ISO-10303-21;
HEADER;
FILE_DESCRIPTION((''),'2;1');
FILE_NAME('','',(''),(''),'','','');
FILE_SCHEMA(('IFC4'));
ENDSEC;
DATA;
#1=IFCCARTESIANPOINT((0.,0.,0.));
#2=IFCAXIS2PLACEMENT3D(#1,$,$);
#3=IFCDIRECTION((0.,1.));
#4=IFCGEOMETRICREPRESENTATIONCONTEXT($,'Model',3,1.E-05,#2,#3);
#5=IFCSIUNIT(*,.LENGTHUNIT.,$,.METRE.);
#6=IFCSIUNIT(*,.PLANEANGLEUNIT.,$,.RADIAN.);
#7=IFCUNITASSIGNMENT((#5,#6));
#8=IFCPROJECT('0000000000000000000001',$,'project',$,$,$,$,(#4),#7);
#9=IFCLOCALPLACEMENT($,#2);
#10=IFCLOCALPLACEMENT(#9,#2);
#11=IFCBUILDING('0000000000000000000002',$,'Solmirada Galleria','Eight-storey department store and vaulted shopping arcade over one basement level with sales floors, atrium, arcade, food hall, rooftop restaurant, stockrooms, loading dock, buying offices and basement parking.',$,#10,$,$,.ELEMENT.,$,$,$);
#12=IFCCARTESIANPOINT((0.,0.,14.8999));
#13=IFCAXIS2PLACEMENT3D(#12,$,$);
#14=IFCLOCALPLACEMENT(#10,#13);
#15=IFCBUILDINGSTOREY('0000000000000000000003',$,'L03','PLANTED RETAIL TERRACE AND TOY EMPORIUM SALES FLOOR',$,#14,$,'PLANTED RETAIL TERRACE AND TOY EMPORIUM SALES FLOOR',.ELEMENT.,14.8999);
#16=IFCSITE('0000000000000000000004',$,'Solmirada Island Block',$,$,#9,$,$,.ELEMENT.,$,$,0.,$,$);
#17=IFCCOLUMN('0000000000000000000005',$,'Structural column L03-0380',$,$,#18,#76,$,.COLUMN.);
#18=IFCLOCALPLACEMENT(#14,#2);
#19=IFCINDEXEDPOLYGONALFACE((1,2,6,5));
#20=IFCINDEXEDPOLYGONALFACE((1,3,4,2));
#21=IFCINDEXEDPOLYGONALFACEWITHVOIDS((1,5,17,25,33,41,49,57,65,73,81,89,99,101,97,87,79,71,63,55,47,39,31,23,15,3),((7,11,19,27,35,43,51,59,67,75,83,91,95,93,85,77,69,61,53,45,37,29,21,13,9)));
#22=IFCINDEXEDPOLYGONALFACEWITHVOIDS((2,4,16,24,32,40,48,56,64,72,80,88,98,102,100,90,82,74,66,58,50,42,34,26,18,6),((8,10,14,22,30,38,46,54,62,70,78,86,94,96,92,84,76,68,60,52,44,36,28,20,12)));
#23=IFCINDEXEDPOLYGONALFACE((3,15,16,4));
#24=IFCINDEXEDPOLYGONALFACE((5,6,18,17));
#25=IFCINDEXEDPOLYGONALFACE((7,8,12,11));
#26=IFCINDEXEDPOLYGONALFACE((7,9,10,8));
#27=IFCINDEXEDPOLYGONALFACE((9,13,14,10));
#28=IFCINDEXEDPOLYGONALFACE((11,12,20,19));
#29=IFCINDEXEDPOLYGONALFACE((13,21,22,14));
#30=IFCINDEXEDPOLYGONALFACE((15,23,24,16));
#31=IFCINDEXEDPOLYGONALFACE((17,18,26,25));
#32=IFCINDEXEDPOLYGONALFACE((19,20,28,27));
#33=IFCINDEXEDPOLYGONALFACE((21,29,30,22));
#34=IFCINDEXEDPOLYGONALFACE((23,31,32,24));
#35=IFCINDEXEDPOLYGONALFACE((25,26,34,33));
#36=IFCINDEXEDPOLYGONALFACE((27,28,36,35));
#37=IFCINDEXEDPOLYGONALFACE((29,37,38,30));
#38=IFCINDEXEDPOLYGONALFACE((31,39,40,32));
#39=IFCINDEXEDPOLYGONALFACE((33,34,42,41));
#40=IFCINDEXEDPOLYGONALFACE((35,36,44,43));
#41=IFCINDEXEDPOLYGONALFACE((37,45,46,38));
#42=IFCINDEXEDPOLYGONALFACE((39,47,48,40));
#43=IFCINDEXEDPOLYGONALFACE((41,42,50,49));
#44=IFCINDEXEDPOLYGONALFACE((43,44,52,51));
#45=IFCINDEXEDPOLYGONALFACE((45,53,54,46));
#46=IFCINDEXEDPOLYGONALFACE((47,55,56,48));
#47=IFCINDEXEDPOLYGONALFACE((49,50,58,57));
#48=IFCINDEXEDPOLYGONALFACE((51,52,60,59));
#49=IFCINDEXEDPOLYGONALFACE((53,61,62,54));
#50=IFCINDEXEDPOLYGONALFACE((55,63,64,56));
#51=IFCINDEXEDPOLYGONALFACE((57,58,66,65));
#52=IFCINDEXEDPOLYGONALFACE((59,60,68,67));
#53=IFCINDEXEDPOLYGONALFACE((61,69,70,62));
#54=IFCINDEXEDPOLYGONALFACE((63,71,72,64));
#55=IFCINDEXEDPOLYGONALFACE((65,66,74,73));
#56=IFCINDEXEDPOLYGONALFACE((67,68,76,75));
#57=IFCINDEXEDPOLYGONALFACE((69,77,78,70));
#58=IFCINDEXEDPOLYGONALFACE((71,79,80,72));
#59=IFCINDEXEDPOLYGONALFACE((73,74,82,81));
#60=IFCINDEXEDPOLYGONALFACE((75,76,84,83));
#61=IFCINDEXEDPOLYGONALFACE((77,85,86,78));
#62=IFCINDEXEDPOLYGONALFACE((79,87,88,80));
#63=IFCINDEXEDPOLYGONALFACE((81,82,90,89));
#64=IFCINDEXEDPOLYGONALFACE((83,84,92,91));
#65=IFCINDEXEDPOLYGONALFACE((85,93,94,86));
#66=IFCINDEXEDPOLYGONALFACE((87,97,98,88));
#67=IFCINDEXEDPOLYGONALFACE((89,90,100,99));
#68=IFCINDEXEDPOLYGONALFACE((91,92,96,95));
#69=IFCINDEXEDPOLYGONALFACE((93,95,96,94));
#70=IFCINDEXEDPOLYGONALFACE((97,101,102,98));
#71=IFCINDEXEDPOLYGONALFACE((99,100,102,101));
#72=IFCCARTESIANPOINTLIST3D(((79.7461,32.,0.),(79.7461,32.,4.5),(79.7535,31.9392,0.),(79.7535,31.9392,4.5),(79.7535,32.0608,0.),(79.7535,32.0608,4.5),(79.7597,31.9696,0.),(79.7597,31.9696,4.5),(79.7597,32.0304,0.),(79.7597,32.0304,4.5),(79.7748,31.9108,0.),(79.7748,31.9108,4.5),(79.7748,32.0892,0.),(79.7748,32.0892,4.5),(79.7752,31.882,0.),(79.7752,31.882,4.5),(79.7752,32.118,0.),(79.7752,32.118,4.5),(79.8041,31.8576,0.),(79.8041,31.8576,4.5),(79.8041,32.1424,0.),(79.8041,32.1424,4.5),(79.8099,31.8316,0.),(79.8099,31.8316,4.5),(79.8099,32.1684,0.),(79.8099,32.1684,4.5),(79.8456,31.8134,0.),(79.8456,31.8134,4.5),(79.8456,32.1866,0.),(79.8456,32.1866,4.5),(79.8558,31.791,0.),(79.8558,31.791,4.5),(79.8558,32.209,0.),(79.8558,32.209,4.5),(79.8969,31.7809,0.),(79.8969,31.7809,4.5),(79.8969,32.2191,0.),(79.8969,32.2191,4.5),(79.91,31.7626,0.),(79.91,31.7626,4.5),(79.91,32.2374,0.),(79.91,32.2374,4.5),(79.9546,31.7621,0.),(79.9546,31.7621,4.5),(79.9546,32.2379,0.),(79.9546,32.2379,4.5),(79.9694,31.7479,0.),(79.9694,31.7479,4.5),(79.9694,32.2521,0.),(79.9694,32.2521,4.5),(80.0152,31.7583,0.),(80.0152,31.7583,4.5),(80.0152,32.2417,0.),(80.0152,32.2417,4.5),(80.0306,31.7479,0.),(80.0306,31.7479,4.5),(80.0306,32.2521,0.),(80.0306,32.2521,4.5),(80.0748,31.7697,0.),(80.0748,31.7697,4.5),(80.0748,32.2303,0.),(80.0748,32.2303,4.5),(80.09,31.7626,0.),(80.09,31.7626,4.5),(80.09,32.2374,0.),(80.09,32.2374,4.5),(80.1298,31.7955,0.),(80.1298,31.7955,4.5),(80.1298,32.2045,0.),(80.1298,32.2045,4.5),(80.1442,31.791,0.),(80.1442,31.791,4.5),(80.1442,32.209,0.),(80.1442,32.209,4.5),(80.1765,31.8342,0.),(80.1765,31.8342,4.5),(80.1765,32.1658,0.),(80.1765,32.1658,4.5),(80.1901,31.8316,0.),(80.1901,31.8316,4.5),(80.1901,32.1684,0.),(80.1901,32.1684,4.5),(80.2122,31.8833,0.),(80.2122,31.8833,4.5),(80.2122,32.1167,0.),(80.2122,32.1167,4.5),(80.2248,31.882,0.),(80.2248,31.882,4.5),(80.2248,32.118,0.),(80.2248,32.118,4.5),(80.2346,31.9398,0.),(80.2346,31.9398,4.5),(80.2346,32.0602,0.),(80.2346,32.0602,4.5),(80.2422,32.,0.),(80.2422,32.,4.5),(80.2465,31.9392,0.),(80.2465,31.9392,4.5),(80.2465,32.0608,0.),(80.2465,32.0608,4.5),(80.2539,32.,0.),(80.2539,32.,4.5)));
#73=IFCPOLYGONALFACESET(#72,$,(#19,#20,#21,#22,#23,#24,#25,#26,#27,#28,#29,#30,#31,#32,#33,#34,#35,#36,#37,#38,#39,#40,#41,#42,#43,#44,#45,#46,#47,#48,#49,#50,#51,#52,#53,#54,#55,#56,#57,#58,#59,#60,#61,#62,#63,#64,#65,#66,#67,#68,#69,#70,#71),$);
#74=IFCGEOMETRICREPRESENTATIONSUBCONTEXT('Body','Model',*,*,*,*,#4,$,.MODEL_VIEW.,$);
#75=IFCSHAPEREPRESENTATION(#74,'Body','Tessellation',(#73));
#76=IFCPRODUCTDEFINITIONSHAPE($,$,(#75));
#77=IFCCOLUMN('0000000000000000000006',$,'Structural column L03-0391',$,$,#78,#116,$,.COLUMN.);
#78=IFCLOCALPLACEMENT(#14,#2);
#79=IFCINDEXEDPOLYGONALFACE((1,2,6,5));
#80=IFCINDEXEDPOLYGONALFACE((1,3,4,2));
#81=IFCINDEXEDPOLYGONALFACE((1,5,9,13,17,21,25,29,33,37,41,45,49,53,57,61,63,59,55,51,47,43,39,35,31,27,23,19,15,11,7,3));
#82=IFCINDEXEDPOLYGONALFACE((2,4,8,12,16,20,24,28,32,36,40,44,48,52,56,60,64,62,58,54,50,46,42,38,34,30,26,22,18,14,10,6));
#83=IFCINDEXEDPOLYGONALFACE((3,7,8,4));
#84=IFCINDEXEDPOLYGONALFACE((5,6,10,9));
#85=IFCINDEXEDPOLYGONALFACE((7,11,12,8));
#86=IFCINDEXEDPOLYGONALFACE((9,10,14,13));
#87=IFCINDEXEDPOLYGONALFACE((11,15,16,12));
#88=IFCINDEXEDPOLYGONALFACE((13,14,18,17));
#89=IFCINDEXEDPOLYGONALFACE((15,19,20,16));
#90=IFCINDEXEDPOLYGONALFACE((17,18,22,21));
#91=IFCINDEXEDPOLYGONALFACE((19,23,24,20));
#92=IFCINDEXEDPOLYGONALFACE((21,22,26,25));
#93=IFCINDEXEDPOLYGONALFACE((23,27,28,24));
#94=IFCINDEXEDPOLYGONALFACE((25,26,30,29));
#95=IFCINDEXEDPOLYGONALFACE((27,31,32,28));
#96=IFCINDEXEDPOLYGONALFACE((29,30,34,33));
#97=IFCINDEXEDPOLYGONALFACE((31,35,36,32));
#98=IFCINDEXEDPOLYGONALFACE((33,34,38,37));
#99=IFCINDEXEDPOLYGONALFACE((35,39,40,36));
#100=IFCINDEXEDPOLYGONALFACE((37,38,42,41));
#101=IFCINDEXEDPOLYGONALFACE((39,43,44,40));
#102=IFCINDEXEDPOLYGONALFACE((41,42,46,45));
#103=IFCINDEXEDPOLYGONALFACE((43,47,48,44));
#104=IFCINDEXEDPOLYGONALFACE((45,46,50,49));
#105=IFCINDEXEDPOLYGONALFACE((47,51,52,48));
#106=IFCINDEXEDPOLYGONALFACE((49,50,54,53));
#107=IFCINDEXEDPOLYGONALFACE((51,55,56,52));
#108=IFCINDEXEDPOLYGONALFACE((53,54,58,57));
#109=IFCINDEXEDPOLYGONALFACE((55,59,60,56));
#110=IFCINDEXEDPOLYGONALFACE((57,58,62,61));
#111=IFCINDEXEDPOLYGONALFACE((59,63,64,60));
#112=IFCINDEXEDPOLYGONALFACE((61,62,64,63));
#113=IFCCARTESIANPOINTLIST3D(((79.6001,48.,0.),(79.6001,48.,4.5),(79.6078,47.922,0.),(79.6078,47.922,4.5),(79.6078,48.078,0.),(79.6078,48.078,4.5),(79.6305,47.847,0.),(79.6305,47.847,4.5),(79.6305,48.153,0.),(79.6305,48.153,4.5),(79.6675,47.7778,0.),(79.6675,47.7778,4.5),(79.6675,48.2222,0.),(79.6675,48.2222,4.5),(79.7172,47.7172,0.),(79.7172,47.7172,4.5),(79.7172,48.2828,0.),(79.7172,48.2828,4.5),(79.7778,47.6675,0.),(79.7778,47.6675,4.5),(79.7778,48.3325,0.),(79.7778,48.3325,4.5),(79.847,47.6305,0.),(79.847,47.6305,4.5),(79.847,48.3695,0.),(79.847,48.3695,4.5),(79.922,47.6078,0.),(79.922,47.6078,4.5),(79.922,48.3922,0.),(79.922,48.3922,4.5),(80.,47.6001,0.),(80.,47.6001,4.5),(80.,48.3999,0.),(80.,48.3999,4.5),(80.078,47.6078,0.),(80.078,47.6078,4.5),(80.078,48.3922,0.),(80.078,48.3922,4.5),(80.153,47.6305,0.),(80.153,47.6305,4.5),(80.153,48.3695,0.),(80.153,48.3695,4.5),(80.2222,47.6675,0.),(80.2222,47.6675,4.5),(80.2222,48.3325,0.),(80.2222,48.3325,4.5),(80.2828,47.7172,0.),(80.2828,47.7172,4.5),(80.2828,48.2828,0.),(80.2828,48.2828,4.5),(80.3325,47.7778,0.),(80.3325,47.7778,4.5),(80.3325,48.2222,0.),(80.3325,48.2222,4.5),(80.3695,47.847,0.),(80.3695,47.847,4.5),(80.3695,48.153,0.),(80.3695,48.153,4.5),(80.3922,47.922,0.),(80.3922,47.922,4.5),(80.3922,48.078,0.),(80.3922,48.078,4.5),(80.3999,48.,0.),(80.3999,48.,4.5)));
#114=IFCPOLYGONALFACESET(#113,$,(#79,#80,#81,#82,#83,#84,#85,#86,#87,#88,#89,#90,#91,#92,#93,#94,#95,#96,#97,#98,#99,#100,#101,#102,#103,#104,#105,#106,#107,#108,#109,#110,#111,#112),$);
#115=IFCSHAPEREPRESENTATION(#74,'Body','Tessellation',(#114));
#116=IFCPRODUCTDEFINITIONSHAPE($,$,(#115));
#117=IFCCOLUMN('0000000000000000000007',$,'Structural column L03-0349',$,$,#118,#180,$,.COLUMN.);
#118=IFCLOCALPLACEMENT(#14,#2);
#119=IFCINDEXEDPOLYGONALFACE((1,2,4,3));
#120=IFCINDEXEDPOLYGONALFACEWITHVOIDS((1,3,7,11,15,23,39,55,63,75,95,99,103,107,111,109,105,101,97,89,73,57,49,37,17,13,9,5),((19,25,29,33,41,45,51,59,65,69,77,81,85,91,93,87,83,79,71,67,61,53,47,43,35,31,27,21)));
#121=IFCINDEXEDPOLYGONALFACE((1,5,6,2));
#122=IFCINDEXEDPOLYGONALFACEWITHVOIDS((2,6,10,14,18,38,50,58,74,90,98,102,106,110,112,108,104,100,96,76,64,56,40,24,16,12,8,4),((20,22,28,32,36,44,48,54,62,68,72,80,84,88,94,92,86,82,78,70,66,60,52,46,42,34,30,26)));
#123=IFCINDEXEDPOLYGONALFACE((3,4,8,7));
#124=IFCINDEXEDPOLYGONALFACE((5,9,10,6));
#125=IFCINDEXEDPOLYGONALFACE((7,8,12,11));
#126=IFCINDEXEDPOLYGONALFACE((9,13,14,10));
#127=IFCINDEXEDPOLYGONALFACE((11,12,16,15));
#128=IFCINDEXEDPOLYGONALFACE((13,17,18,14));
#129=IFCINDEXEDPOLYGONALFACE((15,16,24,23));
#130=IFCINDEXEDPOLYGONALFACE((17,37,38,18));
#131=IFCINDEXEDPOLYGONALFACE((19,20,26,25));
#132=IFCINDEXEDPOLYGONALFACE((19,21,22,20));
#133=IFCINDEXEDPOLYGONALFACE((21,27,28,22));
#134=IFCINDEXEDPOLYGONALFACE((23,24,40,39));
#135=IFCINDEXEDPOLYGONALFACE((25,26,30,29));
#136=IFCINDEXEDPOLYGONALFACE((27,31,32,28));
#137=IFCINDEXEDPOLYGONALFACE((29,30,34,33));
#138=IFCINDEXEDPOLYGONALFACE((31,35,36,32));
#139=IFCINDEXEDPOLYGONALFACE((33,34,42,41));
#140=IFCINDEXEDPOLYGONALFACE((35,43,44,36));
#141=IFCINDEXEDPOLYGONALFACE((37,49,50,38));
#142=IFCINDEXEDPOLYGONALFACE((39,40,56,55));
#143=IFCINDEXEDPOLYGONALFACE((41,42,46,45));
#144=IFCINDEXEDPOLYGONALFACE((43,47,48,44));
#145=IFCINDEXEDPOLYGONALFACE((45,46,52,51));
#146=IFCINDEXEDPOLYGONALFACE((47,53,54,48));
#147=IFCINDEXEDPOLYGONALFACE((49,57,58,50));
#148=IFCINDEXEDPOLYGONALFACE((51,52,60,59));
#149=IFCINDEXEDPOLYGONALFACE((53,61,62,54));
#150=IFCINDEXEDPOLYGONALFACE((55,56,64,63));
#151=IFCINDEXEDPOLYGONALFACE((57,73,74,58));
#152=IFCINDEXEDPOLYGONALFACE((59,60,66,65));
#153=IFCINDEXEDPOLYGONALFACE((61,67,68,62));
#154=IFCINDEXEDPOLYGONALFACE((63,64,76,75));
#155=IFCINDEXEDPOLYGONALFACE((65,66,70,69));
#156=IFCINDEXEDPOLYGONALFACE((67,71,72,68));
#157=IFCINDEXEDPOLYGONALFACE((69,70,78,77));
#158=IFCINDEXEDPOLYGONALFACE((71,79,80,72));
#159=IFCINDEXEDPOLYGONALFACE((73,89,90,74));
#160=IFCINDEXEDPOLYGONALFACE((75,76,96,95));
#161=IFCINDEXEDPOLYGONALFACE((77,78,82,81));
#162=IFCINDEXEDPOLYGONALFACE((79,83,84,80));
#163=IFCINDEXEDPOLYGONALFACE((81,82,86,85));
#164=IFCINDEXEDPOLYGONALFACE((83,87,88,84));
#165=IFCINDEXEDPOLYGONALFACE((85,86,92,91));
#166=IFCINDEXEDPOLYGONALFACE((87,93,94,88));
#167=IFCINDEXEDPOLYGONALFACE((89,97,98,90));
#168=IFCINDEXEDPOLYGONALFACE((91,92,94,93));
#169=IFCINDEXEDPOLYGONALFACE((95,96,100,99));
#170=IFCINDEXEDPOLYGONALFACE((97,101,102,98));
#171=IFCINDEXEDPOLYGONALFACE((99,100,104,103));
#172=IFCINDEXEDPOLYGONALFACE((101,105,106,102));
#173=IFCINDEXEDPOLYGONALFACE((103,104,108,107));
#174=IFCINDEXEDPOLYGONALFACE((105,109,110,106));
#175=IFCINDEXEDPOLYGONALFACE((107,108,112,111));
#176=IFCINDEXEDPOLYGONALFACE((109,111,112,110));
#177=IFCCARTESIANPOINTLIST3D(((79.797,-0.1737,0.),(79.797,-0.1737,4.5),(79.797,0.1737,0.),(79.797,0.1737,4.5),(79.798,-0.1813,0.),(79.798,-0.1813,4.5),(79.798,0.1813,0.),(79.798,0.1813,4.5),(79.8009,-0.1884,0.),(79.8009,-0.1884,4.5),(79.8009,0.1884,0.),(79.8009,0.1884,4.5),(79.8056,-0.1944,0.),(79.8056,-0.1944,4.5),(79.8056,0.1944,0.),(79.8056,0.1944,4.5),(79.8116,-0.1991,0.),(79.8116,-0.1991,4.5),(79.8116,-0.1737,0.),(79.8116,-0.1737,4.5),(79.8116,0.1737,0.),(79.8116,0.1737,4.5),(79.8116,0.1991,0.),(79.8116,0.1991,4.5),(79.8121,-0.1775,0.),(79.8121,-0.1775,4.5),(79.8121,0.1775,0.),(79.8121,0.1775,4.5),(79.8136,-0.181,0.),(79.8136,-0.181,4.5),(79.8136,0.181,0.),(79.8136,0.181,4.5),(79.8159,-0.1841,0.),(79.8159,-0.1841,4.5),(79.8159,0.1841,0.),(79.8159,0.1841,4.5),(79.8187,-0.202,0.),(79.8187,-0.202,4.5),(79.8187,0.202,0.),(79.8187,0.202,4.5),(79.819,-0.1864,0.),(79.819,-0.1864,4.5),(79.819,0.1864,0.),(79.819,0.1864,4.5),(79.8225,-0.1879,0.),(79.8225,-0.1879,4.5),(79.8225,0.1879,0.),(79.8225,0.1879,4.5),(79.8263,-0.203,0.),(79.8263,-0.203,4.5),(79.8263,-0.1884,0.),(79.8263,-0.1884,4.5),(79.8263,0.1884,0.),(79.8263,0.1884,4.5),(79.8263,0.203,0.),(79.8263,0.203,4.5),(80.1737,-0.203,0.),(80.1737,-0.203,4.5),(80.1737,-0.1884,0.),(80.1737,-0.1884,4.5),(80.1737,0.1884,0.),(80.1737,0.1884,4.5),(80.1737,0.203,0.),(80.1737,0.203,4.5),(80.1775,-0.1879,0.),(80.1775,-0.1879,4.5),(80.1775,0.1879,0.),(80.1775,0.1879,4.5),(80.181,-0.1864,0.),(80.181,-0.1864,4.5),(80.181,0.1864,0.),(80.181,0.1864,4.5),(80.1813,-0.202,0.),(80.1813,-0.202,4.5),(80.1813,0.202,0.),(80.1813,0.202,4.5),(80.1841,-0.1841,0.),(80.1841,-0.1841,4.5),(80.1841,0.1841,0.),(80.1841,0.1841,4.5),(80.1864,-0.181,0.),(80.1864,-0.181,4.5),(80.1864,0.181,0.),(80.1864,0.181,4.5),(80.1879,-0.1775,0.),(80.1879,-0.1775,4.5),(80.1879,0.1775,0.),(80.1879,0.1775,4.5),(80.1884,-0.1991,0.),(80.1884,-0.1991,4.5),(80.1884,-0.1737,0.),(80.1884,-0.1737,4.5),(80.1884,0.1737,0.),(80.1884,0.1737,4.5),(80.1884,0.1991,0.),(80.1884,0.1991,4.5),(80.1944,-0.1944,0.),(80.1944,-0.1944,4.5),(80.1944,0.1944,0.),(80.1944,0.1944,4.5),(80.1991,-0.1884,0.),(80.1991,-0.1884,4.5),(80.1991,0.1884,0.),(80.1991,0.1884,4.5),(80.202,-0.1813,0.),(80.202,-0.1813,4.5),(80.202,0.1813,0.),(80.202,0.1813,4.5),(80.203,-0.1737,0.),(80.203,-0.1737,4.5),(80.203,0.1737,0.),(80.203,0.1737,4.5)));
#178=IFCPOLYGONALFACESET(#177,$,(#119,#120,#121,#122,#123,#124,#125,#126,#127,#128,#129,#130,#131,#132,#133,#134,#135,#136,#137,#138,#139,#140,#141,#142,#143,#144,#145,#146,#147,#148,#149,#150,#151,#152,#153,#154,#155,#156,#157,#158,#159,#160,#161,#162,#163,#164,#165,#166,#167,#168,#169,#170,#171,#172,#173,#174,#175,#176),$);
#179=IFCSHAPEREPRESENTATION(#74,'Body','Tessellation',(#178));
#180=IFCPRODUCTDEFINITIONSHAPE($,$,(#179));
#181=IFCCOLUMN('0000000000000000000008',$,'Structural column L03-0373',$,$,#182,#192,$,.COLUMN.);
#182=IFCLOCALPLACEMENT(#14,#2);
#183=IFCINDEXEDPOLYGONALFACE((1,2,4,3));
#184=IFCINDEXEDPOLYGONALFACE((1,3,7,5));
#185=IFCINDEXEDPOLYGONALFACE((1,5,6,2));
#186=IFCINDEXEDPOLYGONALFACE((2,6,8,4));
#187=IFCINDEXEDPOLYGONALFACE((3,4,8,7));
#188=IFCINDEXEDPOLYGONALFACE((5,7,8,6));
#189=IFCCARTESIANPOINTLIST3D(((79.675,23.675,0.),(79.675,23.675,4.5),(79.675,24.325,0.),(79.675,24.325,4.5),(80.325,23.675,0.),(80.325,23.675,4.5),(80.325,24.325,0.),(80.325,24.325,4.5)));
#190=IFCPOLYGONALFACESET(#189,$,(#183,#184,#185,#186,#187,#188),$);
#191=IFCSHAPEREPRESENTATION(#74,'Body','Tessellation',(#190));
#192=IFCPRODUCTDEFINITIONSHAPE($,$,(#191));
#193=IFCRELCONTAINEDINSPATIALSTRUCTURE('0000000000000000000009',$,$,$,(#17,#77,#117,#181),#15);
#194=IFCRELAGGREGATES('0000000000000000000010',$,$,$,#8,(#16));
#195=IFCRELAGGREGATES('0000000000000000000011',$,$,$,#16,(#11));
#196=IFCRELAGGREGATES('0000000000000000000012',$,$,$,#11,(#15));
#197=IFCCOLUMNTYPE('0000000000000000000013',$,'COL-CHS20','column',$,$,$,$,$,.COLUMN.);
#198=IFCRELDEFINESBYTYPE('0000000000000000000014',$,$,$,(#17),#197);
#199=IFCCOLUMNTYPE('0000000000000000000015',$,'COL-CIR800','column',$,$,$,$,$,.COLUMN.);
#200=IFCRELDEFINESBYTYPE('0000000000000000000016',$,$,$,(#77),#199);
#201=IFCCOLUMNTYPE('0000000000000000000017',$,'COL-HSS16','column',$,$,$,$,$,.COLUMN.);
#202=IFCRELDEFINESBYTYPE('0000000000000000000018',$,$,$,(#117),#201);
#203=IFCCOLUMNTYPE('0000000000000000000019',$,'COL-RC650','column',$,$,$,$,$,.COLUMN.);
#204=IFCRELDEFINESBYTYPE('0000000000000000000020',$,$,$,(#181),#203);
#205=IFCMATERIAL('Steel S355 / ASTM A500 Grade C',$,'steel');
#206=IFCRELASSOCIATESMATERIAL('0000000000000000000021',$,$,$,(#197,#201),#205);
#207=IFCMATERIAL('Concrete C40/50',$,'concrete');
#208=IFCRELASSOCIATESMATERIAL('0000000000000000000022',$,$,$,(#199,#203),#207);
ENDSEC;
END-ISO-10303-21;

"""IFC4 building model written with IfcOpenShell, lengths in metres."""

from ifc_helpers import new_model, si_unit, direction, frame, origin, origin_2d, place, context, subcontext, project, spatial, rectangle, hollow_rectangle, circle, hollow_circle, extrude, material, material_profile, profile_set, type_object, element, save


model = new_model("IFC4")

# Units and contexts
model_context = context("Model", 3, precision=1e-05, world=origin(), true_north=direction((0.0, 1.0)))
body_context = subcontext(model_context, "Body", "Model", "MODEL_VIEW")
ifc_project = project(units=[si_unit("LENGTHUNIT", "METRE"), si_unit("PLANEANGLEUNIT", "RADIAN")], contexts=[model_context])

# Site, building, storey
site_placement = place(None, origin())
site = spatial("IfcSite", under=ifc_project, at=site_placement, Name="Solmirada Island Block", CompositionType="ELEMENT", RefElevation=0.0)
building_placement = place(site_placement, origin())
building = spatial("IfcBuilding", under=site, at=building_placement, Name="Solmirada Galleria", Description="Eight-storey department store and vaulted shopping arcade over one basement level with sales floors, atrium, arcade, food hall, rooftop restaurant, stockrooms, loading dock, buying offices and basement parking.", CompositionType="ELEMENT")
storey_placement = place(building_placement, frame((0.0, 0.0, 14.8999)))
storey = spatial("IfcBuildingStorey", under=building, at=storey_placement, Name="L03", Description="PLANTED RETAIL TERRACE AND TOY EMPORIUM SALES FLOOR", LongName="PLANTED RETAIL TERRACE AND TOY EMPORIUM SALES FLOOR", CompositionType="ELEMENT", Elevation=14.8999)

# Columns
ifc_material_1 = material(Name="Steel S355 / ASTM A500 Grade C", Category="steel")
ifc_material_profile_1 = material_profile(ifc_material_1, hollow_circle(Radius=0.2539, WallThickness=0.0117, at=origin_2d()), Name="HSS20.000X0.500")
ifc_profile_set_1 = profile_set([ifc_material_profile_1], Name="Steel S355 / ASTM A500 Grade C")
column_type_1 = type_object("IfcColumnType", Name="COL-CHS20", Description="column", PredefinedType="COLUMN", material=ifc_profile_set_1)
column_1_placement = place(storey_placement, frame((80.0, 32.0, 0.0), z_axis=(0.0, 0.0, 1.0), x_axis=(1.0, 0.0, 0.0)))
element("IfcColumn", 1, at=column_1_placement, inside=storey, type_object=column_type_1, Name="Structural column L03-0380", PredefinedType="COLUMN", context=body_context, shape_type="SweptSolid", body=[
    extrude(hollow_circle(Radius=0.2539, WallThickness=0.0117, at=origin_2d()), origin(), (0.0, 0.0, 1.0), 4.5),
])
ifc_material_2 = material(Name="Concrete C40/50", Category="concrete")
ifc_material_profile_2 = material_profile(ifc_material_2, circle(Radius=0.3999, at=origin_2d()), Name="RCCOL800")
ifc_profile_set_2 = profile_set([ifc_material_profile_2], Name="Concrete C40/50")
column_type_2 = type_object("IfcColumnType", Name="COL-CIR800", Description="column", PredefinedType="COLUMN", material=ifc_profile_set_2)
column_2_placement = place(storey_placement, frame((80.0, 48.0, 0.0), z_axis=(0.0, 0.0, 1.0), x_axis=(1.0, 0.0, 0.0)))
element("IfcColumn", 2, at=column_2_placement, inside=storey, type_object=column_type_2, Name="Structural column L03-0391", PredefinedType="COLUMN", context=body_context, shape_type="SweptSolid", body=[
    extrude(circle(Radius=0.3999, at=origin_2d()), origin(), (0.0, 0.0, 1.0), 4.5),
])
ifc_material_profile_3 = material_profile(ifc_material_1, hollow_rectangle(XDim=0.406, YDim=0.406, WallThickness=0.0146, InnerFilletRadius=0.0146, OuterFilletRadius=0.0293, at=origin_2d()), Name="HSS16X16X5/8")
ifc_profile_set_3 = profile_set([ifc_material_profile_3], Name="Steel S355 / ASTM A500 Grade C")
column_type_3 = type_object("IfcColumnType", Name="COL-HSS16", Description="column", PredefinedType="COLUMN", material=ifc_profile_set_3)
column_3_placement = place(storey_placement, frame((80.0, 0.0, 0.0), z_axis=(0.0, 0.0, 1.0), x_axis=(1.0, 0.0, 0.0)))
element("IfcColumn", 3, at=column_3_placement, inside=storey, type_object=column_type_3, Name="Structural column L03-0349", PredefinedType="COLUMN", context=body_context, shape_type="SweptSolid", body=[
    extrude(hollow_rectangle(XDim=0.406, YDim=0.406, WallThickness=0.0146, InnerFilletRadius=0.0146, OuterFilletRadius=0.0293, at=origin_2d()), origin(), (0.0, 0.0, 1.0), 4.5),
])
ifc_material_profile_4 = material_profile(ifc_material_2, rectangle(XDim=0.6499, YDim=0.6499, at=origin_2d()), Name="RC650X650")
ifc_profile_set_4 = profile_set([ifc_material_profile_4], Name="Concrete C40/50")
column_type_4 = type_object("IfcColumnType", Name="COL-RC650", Description="column", PredefinedType="COLUMN", material=ifc_profile_set_4)
column_4_placement = place(storey_placement, frame((80.0, 24.0, 0.0), z_axis=(0.0, 0.0, 1.0), x_axis=(1.0, 0.0, 0.0)))
element("IfcColumn", 4, at=column_4_placement, inside=storey, type_object=column_type_4, Name="Structural column L03-0373", PredefinedType="COLUMN", context=body_context, shape_type="SweptSolid", body=[
    extrude(rectangle(XDim=0.6499, YDim=0.6499, at=origin_2d()), origin(), (0.0, 0.0, 1.0), 4.5),
])

save(model, "model.ifc")
